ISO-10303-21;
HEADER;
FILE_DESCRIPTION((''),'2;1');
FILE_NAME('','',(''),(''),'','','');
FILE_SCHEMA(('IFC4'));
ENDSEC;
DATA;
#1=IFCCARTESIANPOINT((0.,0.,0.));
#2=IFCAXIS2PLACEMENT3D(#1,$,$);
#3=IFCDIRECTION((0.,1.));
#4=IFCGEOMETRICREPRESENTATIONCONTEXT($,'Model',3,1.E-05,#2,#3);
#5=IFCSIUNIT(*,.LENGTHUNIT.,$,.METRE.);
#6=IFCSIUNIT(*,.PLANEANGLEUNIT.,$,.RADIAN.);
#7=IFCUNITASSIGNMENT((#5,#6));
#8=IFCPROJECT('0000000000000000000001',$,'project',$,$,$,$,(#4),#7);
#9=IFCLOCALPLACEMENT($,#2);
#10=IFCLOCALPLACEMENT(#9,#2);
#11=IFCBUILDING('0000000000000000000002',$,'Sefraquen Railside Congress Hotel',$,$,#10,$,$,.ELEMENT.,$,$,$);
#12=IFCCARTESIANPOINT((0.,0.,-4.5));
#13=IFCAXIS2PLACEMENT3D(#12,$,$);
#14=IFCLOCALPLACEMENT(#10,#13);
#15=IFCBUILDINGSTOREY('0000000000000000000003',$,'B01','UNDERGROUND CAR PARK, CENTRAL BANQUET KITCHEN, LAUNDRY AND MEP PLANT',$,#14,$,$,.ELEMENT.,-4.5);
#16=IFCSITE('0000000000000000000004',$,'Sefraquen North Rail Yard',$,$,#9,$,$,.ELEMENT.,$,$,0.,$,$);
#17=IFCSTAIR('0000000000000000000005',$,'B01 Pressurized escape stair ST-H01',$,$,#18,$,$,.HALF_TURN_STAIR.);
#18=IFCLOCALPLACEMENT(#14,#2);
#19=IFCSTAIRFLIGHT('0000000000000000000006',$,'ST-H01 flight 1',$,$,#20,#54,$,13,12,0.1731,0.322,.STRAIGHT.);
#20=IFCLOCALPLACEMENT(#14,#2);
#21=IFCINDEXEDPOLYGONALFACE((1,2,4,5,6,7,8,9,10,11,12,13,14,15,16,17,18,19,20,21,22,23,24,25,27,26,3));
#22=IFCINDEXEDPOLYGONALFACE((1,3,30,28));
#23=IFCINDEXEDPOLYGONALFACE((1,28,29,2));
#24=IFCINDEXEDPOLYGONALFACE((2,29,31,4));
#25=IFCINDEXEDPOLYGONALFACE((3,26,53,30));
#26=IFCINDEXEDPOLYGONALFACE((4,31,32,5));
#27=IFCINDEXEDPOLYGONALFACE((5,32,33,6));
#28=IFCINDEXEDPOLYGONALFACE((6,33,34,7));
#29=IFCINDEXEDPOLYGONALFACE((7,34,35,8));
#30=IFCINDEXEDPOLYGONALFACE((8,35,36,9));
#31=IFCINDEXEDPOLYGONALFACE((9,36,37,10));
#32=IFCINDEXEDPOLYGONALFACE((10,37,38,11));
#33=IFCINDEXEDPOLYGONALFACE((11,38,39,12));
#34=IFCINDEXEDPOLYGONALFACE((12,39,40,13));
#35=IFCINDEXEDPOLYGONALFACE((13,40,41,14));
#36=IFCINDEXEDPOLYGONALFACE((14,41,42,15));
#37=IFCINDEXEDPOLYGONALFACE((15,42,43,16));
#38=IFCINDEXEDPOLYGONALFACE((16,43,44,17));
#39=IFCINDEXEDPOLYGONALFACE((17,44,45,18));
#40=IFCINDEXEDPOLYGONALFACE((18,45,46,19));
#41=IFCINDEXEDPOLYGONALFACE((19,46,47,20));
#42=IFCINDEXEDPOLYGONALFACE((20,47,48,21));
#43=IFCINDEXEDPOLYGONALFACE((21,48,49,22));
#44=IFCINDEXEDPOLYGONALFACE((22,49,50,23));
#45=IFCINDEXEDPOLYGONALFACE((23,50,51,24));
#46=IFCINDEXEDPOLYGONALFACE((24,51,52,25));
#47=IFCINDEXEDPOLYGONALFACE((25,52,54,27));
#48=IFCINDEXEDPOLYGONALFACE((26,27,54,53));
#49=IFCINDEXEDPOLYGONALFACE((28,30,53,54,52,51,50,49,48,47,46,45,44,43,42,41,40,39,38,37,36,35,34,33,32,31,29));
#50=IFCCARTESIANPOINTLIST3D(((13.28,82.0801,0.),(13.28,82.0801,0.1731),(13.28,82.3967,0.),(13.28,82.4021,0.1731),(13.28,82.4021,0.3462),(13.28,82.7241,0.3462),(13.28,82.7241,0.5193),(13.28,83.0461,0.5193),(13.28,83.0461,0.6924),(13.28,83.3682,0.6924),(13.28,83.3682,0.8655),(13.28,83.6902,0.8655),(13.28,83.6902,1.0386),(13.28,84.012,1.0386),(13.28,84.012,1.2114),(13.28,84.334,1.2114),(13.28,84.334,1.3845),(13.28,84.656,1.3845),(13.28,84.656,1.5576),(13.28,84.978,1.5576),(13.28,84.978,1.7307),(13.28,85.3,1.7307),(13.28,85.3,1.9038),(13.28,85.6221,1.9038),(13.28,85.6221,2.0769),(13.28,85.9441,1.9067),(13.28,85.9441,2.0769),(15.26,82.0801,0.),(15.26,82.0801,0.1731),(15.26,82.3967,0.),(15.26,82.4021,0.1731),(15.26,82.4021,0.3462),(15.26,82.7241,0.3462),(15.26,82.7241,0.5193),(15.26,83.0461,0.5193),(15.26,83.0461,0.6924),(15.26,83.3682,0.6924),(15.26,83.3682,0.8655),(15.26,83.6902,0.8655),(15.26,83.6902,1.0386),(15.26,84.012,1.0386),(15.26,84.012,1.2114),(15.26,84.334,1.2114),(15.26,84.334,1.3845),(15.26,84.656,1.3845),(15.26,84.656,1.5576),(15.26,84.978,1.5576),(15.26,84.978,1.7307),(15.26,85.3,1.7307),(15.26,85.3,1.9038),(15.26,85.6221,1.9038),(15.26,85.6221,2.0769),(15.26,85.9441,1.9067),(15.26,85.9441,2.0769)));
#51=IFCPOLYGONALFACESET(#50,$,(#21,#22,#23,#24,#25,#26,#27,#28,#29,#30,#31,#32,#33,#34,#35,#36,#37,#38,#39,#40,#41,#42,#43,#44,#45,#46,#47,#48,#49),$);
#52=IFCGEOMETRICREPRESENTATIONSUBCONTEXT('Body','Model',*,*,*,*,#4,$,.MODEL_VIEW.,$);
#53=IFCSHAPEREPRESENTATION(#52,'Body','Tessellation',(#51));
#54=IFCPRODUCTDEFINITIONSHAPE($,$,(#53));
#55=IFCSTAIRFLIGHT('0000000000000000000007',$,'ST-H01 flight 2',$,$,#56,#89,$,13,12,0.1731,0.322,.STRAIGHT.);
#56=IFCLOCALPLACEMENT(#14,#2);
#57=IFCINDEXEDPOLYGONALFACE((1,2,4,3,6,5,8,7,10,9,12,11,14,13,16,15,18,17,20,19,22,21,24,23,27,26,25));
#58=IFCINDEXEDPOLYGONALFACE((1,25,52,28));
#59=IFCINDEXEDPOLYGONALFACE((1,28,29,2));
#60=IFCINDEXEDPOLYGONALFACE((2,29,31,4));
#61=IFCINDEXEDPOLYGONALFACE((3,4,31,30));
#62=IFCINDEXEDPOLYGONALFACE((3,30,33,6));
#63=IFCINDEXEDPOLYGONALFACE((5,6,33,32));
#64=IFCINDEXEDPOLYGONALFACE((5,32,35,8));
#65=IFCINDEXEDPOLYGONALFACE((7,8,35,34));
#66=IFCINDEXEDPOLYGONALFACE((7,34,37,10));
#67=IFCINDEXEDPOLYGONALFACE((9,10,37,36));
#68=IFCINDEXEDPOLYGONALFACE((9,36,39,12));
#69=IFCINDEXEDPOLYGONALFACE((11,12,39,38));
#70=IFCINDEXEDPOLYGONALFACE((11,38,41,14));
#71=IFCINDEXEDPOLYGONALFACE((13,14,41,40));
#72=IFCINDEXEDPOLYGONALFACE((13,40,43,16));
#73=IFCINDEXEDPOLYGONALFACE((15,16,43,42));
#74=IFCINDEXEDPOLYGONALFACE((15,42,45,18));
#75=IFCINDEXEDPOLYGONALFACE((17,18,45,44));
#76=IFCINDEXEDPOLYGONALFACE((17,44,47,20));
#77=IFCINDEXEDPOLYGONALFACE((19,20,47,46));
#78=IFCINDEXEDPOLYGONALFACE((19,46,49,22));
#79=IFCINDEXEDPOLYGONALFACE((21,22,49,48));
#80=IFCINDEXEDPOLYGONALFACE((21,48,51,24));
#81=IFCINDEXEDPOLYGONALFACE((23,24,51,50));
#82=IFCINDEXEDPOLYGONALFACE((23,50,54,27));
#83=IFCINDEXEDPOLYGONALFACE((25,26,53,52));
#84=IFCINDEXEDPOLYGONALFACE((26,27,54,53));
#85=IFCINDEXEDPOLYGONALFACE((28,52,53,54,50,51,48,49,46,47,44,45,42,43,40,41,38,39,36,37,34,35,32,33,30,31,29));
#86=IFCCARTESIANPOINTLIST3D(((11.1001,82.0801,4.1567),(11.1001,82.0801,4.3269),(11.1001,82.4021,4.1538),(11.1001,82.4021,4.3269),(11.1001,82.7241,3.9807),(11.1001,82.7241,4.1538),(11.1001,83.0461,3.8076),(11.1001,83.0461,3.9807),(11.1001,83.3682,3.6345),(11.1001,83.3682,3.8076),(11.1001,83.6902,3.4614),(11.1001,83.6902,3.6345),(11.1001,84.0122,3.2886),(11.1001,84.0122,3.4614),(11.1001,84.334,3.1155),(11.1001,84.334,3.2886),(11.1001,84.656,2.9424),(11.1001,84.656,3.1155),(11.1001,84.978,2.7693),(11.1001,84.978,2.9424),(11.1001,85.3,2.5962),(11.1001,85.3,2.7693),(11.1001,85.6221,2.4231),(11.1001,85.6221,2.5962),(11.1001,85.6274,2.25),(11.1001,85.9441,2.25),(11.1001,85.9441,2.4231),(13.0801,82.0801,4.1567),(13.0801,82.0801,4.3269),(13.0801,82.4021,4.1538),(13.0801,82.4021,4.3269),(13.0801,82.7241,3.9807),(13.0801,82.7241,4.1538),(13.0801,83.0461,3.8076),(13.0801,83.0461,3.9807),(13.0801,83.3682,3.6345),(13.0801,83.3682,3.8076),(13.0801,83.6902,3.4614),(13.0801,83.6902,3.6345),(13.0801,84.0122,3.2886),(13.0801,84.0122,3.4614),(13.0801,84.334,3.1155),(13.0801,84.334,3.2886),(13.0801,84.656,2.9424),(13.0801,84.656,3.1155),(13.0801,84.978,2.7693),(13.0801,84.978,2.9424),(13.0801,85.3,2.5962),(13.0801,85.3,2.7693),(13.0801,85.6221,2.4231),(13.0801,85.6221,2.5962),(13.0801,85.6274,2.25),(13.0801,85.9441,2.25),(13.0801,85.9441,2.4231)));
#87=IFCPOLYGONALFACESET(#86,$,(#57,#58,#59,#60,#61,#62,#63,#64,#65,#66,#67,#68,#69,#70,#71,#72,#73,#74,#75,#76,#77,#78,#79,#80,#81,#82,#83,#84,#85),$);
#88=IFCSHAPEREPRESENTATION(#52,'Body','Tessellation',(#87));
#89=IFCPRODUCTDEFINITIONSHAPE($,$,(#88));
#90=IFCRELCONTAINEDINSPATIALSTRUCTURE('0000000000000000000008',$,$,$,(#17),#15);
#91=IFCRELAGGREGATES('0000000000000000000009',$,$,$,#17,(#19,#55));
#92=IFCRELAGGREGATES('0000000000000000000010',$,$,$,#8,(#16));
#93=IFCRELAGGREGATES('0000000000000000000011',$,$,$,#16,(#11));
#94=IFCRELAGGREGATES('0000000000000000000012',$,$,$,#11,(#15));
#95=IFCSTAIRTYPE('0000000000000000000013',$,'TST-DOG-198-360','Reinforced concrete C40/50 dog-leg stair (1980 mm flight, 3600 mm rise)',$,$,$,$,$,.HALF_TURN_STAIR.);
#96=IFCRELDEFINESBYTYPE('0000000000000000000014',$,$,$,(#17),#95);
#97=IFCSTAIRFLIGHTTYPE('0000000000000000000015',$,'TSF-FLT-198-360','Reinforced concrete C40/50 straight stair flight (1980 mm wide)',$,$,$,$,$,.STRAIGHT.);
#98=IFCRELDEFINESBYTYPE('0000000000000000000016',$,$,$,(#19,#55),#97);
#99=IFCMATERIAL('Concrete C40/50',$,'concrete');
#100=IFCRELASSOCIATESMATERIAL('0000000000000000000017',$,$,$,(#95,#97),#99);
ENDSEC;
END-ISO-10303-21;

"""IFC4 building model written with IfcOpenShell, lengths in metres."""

from ifc_helpers import new_model, si_unit, direction, frame, origin, place, context, subcontext, project, spatial, polyline, outline, extrude, material, type_object, element, aggregate, save


model = new_model("IFC4")

# Units and contexts
model_context = context("Model", 3, precision=1e-05, world=origin(), true_north=direction((0.0, 1.0)))
body_context = subcontext(model_context, "Body", "Model", "MODEL_VIEW")
ifc_project = project(units=[si_unit("LENGTHUNIT", "METRE"), si_unit("PLANEANGLEUNIT", "RADIAN")], contexts=[model_context])

# Site, building, storey
site_placement = place(None, origin())
site = spatial("IfcSite", under=ifc_project, at=site_placement, Name="Sefraquen North Rail Yard", CompositionType="ELEMENT", RefElevation=0.0)
building_placement = place(site_placement, origin())
building = spatial("IfcBuilding", under=site, at=building_placement, Name="Sefraquen Railside Congress Hotel", CompositionType="ELEMENT")
storey_placement = place(building_placement, frame((0.0, 0.0, -4.5)))
storey = spatial("IfcBuildingStorey", under=building, at=storey_placement, Name="B01", Description="UNDERGROUND CAR PARK, CENTRAL BANQUET KITCHEN, LAUNDRY AND MEP PLANT", CompositionType="ELEMENT", Elevation=-4.5)

# Shared definitions
ifc_material_1 = material(Name="Concrete C40/50", Category="concrete")

# Stair, stair flights
stair_type = type_object("IfcStairType", Name="TST-DOG-198-360", Description="Reinforced concrete C40/50 dog-leg stair (1980 mm flight, 3600 mm rise)", PredefinedType="HALF_TURN_STAIR", material=ifc_material_1)
stair_placement = place(storey_placement, origin())
stair = element("IfcStair", 1, at=stair_placement, inside=storey, type_object=stair_type, Name="B01 Pressurized escape stair ST-H01", PredefinedType="HALF_TURN_STAIR")
stair_flight_type = type_object("IfcStairFlightType", Name="TSF-FLT-198-360", Description="Reinforced concrete C40/50 straight stair flight (1980 mm wide)", PredefinedType="STRAIGHT", material=ifc_material_1)
stair_flight_1_placement = place(storey_placement, frame((14.27, 82.0801, 0.0), z_axis=(0.0, 0.0, 1.0), x_axis=(0.0, 1.0, 0.0)))
stair_flight_1 = element("IfcStairFlight", 2, at=stair_flight_1_placement, type_object=stair_flight_type, Name="ST-H01 flight 1", NumberOfRisers=13, NumberOfTreads=12, PredefinedType="STRAIGHT", RiserHeight=0.1731, TreadLength=0.322, context=body_context, shape_type="SweptSolid", body=[
    extrude(outline(polyline([(0.0, 0.0), (0.0, 0.1731), (0.322, 0.1731), (0.322, 0.3462), (0.644, 0.3462), (0.644, 0.5193), (0.9661, 0.5193), (0.9661, 0.6924), (1.2881, 0.6924), (1.2881, 0.8655), (1.6101, 0.8655), (1.6101, 1.0386), (1.9319, 1.0386), (1.9319, 1.2114), (2.2539, 1.2114), (2.2539, 1.3845), (2.5759, 1.3845), (2.5759, 1.5576), (2.8979, 1.5576), (2.8979, 1.7307), (3.22, 1.7307), (3.22, 1.9038), (3.542, 1.9038), (3.542, 2.0769), (3.864, 2.0769), (3.864, 2.25), (3.864, 1.9067), (0.3167, 0.0), (0.0, 0.0)])), frame((0.0, 0.99, 0.0), z_axis=(0.0, -1.0, 0.0), x_axis=(1.0, 0.0, 0.0)), (0.0, 0.0, 1.0), 1.98),
])
stair_flight_2_placement = place(storey_placement, frame((12.0901, 85.9441, 2.25), z_axis=(0.0, 0.0, 1.0), x_axis=(0.0, -1.0, 0.0)))
stair_flight_2 = element("IfcStairFlight", 3, at=stair_flight_2_placement, type_object=stair_flight_type, Name="ST-H01 flight 2", NumberOfRisers=13, NumberOfTreads=12, PredefinedType="STRAIGHT", RiserHeight=0.1731, TreadLength=0.322, context=body_context, shape_type="SweptSolid", body=[
    extrude(outline(polyline([(0.0, 0.0), (0.0, 0.1731), (0.322, 0.1731), (0.322, 0.3462), (0.644, 0.3462), (0.644, 0.5193), (0.9661, 0.5193), (0.9661, 0.6924), (1.2881, 0.6924), (1.2881, 0.8655), (1.6101, 0.8655), (1.6101, 1.0386), (1.9319, 1.0386), (1.9319, 1.2114), (2.2539, 1.2114), (2.2539, 1.3845), (2.5759, 1.3845), (2.5759, 1.5576), (2.8979, 1.5576), (2.8979, 1.7307), (3.22, 1.7307), (3.22, 1.9038), (3.542, 1.9038), (3.542, 2.0769), (3.864, 2.0769), (3.864, 2.25), (3.864, 1.9067), (0.3167, 0.0), (0.0, 0.0)])), frame((0.0, 0.99, 0.0), z_axis=(0.0, -1.0, 0.0), x_axis=(1.0, 0.0, 0.0)), (0.0, 0.0, 1.0), 1.98),
])
aggregate(stair, [stair_flight_1, stair_flight_2])

save(model, "model.ifc")
